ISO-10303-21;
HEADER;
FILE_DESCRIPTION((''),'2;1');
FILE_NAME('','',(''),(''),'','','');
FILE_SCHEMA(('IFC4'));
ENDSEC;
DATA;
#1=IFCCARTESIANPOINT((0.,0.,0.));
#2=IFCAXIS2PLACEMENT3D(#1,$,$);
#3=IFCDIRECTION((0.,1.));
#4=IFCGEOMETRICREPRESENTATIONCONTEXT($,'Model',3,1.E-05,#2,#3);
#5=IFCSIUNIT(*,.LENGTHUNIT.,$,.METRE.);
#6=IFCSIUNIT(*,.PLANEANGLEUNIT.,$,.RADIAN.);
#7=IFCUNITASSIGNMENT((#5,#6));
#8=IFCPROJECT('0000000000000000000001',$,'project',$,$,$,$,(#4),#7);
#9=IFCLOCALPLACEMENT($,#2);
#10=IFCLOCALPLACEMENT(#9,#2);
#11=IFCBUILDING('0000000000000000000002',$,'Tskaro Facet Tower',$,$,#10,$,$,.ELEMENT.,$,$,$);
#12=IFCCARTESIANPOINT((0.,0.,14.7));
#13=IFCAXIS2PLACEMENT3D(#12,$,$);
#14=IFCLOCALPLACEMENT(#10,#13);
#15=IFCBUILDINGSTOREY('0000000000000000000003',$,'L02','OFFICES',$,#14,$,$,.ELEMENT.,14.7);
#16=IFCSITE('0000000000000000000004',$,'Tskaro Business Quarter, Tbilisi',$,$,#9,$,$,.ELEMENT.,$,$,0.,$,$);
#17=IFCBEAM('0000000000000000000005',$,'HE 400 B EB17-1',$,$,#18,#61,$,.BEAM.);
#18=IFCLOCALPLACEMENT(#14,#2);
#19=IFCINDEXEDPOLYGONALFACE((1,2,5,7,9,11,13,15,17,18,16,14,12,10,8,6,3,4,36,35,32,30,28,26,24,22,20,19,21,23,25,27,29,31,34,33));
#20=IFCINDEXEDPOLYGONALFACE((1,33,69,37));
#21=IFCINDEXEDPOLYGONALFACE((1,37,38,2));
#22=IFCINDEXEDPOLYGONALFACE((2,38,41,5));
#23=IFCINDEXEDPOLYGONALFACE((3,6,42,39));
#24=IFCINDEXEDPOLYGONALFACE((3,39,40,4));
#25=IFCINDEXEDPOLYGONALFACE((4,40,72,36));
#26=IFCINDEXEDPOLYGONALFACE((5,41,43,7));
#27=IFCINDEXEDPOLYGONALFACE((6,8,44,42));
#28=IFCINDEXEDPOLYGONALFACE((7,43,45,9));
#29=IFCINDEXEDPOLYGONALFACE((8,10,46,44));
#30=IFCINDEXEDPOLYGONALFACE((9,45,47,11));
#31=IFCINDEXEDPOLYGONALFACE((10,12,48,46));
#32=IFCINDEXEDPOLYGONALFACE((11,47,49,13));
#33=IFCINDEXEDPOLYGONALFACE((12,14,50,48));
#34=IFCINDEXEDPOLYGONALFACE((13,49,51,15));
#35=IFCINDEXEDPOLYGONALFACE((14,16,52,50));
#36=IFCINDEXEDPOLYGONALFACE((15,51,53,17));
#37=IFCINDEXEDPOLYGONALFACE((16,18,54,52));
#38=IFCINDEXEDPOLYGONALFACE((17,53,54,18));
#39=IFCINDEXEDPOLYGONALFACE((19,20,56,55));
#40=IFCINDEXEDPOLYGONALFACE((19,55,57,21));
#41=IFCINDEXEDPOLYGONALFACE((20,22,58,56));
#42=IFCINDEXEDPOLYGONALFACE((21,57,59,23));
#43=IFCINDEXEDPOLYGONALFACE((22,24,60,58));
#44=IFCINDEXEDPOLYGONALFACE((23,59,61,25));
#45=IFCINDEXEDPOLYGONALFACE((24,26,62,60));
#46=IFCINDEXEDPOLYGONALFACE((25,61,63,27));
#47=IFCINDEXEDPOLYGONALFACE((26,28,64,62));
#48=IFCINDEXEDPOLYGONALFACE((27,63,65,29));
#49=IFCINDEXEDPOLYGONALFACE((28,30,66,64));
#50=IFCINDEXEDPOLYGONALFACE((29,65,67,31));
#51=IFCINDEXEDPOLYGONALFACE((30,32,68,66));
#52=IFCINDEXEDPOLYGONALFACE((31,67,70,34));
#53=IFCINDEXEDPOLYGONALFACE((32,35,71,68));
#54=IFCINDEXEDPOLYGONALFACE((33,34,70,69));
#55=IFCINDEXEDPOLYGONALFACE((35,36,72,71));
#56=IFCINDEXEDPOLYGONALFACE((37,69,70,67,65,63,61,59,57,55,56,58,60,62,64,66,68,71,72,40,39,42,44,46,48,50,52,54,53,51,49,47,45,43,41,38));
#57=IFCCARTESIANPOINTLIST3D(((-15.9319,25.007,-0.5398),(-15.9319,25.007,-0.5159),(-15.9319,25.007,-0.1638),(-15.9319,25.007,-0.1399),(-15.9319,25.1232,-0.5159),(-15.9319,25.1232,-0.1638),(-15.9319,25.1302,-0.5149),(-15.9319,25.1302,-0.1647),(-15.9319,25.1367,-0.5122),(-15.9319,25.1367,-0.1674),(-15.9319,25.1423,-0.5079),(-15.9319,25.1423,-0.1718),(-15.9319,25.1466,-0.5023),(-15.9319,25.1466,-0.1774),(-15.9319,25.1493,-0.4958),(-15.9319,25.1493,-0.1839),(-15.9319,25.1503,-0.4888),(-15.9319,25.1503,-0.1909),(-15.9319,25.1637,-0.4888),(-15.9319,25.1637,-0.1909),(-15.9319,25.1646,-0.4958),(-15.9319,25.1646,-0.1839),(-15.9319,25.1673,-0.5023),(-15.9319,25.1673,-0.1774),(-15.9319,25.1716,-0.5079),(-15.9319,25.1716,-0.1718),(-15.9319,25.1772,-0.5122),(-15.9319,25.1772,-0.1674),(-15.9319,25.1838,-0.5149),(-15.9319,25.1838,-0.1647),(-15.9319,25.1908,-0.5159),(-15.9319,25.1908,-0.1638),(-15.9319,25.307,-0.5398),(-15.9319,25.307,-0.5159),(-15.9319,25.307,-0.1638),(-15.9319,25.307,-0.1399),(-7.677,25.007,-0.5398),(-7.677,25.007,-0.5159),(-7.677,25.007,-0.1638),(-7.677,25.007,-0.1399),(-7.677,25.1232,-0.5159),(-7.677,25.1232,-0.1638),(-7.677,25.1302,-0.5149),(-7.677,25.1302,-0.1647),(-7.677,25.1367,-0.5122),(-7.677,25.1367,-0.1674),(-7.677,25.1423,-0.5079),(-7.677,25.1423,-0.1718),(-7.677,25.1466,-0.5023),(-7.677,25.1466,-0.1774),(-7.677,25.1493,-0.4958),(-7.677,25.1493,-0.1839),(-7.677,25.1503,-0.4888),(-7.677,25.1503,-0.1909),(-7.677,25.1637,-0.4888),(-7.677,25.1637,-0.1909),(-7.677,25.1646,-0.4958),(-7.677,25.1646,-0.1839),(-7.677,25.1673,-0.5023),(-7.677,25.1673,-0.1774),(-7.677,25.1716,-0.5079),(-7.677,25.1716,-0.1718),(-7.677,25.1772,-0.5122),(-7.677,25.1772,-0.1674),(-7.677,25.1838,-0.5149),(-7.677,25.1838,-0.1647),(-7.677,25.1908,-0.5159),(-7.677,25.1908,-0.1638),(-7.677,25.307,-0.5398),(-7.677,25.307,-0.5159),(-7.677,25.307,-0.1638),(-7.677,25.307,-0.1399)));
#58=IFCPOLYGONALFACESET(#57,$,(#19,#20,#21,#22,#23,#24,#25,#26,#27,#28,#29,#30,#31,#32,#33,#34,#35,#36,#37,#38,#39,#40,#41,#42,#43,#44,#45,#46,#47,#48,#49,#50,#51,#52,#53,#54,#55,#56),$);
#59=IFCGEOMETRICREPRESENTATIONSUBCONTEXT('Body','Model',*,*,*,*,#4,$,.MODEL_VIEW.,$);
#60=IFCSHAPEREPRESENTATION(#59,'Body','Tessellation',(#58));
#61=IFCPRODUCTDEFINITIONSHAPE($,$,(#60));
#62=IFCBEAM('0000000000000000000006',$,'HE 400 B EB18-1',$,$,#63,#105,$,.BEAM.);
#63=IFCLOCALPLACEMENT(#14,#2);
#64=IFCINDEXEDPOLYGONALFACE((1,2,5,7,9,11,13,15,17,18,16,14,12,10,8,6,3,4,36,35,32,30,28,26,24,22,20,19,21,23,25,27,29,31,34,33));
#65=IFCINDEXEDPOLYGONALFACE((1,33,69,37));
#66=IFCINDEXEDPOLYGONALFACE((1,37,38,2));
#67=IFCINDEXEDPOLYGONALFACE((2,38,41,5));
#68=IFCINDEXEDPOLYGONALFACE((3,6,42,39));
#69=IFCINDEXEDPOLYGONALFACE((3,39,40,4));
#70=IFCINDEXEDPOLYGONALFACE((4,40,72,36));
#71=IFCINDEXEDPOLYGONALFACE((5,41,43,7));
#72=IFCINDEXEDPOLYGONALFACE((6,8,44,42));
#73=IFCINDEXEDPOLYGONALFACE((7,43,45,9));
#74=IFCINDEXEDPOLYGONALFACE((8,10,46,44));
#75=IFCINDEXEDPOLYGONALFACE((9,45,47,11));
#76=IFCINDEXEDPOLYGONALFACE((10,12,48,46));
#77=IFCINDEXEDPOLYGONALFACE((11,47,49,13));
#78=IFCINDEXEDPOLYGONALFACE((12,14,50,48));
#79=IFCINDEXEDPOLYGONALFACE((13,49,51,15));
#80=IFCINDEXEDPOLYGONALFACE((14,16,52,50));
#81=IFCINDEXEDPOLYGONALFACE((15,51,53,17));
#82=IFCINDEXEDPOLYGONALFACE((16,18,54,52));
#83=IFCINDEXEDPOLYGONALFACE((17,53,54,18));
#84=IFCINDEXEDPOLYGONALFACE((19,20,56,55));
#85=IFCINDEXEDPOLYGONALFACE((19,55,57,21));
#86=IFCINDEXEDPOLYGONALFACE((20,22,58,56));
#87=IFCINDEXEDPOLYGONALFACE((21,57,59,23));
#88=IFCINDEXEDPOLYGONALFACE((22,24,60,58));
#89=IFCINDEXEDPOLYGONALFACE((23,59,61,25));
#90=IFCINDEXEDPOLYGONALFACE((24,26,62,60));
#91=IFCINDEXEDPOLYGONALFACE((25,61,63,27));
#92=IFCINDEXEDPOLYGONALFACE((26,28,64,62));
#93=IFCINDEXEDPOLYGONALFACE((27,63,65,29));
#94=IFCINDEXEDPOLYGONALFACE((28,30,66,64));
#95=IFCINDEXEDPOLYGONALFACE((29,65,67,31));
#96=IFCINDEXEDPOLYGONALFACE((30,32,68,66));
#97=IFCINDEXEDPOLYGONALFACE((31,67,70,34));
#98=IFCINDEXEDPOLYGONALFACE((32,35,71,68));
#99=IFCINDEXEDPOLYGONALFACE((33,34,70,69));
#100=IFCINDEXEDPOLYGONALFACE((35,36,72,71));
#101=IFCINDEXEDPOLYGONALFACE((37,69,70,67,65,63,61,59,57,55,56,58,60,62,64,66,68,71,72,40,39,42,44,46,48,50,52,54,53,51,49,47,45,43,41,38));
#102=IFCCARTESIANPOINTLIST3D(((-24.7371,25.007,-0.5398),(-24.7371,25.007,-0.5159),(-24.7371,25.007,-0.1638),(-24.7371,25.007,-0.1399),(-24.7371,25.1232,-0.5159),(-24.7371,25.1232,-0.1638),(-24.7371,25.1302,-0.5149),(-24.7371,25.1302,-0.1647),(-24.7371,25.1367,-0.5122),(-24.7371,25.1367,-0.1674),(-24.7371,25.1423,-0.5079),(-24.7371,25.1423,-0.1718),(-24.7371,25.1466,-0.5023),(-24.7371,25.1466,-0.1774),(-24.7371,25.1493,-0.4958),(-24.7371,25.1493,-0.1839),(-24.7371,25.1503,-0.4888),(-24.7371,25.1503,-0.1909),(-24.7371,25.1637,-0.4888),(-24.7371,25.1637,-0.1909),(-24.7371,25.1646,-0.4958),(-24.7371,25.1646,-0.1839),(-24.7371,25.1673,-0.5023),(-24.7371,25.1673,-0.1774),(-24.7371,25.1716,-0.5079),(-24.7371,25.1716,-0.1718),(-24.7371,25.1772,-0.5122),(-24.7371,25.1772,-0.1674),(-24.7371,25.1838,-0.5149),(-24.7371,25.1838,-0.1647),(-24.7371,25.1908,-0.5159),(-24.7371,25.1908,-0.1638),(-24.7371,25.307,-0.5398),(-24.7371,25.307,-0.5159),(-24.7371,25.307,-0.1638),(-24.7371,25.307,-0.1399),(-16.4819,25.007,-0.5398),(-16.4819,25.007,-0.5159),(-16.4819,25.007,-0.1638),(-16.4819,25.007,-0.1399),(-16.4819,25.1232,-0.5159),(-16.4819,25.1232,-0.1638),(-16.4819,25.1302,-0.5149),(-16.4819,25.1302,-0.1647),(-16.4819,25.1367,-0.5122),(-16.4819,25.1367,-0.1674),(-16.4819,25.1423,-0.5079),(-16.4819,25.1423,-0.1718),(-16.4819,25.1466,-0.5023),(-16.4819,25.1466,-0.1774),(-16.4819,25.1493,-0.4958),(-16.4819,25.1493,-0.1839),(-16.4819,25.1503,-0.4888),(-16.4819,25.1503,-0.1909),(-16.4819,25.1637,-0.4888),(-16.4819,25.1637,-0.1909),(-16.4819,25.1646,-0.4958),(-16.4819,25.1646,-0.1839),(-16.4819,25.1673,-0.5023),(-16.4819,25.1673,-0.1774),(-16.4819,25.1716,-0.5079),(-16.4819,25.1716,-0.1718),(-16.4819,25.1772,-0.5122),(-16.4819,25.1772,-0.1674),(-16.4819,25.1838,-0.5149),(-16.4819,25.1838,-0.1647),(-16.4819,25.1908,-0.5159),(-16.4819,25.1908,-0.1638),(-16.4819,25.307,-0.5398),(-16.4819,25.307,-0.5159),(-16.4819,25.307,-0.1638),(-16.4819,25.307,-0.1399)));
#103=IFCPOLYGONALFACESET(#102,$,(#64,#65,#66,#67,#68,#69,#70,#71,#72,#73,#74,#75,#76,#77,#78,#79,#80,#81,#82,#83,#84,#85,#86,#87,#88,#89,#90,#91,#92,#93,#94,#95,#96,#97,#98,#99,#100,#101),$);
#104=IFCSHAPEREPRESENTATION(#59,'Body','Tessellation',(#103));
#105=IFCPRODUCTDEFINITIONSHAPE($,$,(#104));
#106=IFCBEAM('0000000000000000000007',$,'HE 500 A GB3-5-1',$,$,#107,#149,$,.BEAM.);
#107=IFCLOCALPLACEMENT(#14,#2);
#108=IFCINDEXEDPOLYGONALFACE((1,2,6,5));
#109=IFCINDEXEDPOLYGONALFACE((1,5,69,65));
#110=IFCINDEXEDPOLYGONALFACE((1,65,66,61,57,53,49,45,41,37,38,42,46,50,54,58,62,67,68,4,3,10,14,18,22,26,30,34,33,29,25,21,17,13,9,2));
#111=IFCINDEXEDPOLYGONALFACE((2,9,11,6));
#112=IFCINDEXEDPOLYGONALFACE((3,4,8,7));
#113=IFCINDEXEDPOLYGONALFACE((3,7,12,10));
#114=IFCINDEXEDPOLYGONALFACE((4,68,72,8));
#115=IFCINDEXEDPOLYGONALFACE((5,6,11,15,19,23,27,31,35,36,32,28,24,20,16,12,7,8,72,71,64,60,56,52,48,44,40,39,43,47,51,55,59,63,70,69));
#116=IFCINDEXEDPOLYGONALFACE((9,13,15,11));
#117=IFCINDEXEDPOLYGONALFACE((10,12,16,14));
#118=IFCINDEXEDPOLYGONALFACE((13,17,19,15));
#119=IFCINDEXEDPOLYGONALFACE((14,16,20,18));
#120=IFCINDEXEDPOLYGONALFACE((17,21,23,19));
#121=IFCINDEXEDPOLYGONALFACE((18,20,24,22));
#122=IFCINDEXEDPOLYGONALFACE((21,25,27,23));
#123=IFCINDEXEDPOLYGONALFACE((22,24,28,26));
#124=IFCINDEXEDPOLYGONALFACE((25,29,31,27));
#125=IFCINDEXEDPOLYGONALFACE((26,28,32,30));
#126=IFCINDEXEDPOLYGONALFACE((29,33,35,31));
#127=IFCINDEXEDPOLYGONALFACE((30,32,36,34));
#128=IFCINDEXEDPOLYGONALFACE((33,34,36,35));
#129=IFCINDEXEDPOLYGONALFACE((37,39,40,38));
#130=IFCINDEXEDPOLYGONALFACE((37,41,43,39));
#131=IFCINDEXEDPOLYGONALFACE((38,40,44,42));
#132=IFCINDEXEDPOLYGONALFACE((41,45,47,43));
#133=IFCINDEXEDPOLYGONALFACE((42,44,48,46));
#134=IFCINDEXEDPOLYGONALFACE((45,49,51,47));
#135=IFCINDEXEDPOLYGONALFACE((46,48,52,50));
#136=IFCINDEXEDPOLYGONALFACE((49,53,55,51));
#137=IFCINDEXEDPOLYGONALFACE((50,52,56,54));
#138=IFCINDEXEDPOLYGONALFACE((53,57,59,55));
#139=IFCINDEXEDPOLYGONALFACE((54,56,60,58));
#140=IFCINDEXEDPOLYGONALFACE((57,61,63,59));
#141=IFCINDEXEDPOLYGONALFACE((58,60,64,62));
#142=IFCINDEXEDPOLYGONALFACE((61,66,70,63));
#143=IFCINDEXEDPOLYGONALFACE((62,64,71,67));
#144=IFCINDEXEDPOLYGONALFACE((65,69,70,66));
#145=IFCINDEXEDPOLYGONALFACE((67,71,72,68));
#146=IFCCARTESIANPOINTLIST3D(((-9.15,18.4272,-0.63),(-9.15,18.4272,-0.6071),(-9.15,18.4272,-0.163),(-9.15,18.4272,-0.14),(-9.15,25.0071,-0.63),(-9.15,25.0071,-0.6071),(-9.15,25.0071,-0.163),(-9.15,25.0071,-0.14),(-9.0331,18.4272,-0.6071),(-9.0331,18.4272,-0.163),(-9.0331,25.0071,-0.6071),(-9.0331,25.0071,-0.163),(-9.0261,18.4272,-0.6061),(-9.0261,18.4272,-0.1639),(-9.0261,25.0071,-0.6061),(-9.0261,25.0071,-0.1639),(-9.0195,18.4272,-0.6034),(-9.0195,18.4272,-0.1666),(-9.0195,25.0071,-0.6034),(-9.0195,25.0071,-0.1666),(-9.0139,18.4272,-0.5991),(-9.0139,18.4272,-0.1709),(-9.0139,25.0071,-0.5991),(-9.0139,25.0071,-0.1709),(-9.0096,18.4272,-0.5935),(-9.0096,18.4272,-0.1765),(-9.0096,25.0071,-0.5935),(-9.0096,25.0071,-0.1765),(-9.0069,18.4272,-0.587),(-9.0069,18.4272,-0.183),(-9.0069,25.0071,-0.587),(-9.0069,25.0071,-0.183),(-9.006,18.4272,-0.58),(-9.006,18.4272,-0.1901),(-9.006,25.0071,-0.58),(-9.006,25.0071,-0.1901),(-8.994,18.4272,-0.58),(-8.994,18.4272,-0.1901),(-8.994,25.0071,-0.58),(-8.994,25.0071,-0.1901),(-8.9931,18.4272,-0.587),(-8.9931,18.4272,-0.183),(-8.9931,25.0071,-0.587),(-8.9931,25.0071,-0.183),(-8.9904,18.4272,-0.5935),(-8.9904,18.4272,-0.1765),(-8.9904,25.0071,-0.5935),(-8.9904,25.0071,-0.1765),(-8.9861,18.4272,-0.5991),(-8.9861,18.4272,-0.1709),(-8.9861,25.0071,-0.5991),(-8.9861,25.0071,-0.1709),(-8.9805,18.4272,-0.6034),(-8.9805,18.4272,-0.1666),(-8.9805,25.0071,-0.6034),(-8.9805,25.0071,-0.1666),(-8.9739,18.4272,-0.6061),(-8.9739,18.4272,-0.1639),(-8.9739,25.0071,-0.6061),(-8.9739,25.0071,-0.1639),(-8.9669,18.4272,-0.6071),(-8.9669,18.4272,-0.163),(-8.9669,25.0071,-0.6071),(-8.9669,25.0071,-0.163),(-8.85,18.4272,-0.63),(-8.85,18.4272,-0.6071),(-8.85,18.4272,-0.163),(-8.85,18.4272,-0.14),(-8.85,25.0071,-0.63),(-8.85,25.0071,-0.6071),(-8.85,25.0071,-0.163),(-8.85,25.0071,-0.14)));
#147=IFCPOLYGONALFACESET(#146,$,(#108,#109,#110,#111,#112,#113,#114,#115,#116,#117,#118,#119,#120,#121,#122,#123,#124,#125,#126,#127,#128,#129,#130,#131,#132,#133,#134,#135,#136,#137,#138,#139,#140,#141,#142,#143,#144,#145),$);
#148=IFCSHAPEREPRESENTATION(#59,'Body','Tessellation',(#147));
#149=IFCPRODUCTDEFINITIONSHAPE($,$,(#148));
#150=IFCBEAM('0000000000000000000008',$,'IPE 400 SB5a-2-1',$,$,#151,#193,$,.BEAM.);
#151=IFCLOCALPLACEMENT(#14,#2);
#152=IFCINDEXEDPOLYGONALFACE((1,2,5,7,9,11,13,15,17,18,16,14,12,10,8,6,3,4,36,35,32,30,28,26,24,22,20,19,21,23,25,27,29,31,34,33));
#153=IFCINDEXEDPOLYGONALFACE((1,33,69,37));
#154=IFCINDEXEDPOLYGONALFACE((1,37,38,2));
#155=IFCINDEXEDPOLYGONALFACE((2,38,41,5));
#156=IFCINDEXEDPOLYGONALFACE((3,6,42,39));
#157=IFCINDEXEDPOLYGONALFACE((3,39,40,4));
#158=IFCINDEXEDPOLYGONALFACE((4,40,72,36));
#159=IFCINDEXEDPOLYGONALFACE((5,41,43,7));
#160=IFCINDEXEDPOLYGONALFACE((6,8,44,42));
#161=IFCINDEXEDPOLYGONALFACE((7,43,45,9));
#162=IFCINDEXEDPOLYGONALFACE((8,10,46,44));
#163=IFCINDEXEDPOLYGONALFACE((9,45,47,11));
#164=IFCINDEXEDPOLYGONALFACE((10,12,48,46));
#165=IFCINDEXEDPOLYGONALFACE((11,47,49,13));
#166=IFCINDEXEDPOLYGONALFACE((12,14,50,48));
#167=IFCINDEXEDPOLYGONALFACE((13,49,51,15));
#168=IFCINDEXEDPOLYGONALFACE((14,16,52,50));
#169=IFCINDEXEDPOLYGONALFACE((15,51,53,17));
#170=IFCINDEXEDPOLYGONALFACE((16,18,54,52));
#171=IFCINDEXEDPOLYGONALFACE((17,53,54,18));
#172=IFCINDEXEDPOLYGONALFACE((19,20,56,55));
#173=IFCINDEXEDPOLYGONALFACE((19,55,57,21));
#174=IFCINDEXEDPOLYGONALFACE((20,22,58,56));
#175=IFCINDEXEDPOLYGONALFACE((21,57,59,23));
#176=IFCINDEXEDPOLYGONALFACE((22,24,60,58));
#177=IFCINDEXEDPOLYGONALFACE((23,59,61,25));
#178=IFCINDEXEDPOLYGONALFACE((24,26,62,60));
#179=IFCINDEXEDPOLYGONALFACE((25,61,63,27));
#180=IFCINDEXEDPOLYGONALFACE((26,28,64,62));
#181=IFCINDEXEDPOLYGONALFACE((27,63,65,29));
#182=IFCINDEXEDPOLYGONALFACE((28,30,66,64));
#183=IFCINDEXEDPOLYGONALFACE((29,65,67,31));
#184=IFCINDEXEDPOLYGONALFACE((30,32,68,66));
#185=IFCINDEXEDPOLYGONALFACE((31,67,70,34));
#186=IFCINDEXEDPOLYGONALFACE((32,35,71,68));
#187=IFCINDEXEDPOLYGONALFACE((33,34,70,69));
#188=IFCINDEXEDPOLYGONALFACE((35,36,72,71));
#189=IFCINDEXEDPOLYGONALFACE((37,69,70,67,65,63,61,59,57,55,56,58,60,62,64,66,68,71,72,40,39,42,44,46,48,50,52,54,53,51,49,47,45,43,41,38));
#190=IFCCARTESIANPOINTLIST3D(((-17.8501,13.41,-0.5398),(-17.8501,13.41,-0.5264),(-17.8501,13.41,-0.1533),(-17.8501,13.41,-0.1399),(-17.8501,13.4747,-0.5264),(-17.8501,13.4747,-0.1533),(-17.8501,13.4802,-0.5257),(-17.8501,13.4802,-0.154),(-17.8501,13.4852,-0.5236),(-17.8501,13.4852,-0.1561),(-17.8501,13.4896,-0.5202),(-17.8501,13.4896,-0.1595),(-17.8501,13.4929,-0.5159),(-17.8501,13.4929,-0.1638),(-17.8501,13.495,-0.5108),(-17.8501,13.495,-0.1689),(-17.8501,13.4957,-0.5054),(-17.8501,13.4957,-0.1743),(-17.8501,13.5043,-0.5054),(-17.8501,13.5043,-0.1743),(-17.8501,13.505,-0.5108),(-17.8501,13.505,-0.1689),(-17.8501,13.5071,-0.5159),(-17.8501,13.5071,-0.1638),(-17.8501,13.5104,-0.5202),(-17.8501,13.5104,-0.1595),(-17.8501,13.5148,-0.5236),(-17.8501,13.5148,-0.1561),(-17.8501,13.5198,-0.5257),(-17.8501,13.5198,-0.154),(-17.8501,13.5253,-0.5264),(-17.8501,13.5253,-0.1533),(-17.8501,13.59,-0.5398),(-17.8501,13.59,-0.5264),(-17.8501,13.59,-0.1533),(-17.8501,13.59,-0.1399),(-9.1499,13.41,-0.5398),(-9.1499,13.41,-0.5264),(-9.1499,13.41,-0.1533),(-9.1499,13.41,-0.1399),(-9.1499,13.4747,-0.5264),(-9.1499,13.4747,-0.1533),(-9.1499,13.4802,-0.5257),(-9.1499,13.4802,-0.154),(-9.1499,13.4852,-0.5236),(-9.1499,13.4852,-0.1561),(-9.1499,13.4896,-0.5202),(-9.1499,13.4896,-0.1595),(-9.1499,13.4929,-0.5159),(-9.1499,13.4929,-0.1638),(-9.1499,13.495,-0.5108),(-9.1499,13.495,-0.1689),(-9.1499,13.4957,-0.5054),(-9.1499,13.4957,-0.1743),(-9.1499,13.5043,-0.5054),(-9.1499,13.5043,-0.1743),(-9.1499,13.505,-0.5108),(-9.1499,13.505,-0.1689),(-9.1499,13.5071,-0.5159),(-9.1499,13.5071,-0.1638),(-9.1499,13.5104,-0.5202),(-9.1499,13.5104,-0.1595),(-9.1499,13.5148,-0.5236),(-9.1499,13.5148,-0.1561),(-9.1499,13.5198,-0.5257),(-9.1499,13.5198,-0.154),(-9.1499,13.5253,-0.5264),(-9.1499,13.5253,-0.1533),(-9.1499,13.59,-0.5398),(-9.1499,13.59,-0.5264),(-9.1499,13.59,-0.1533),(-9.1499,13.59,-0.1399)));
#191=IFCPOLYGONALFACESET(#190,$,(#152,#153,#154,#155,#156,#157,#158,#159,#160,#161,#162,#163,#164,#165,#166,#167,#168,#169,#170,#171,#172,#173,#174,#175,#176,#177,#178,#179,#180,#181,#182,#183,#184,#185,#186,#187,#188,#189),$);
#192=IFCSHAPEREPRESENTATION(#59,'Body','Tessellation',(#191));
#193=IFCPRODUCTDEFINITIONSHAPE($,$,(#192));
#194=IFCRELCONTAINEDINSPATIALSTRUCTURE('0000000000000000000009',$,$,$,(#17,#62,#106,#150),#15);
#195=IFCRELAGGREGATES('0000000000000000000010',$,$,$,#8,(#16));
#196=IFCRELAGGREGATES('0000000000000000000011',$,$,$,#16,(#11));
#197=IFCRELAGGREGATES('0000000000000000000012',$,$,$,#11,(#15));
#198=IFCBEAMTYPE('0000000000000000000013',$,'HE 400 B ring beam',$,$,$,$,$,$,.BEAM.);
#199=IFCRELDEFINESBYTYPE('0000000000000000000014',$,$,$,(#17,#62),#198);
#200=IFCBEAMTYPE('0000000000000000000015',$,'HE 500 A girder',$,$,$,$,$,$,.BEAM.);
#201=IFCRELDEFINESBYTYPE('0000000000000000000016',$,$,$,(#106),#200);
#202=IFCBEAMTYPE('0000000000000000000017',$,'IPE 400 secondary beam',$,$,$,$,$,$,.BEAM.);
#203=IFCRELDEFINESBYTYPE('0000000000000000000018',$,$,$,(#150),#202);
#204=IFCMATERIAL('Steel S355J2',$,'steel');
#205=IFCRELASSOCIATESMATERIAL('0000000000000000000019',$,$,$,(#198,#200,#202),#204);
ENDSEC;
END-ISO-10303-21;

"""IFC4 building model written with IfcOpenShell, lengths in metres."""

from ifc_helpers import new_model, si_unit, direction, frame, origin, origin_2d, place, context, subcontext, project, spatial, i_section, extrude, material, material_profile, profile_set, type_object, element, save


model = new_model("IFC4")

# Units and contexts
model_context = context("Model", 3, precision=1e-05, world=origin(), true_north=direction((0.0, 1.0)))
body_context = subcontext(model_context, "Body", "Model", "MODEL_VIEW")
ifc_project = project(units=[si_unit("LENGTHUNIT", "METRE"), si_unit("PLANEANGLEUNIT", "RADIAN")], contexts=[model_context])

# Site, building, storey
site_placement = place(None, origin())
site = spatial("IfcSite", under=ifc_project, at=site_placement, Name="Tskaro Business Quarter, Tbilisi", CompositionType="ELEMENT", RefElevation=0.0)
building_placement = place(site_placement, origin())
building = spatial("IfcBuilding", under=site, at=building_placement, Name="Tskaro Facet Tower", CompositionType="ELEMENT")
storey_placement = place(building_placement, frame((0.0, 0.0, 14.7)))
storey = spatial("IfcBuildingStorey", under=building, at=storey_placement, Name="L02", Description="OFFICES", CompositionType="ELEMENT", Elevation=14.7)

# Beams
ifc_material_1 = material(Name="Steel S355J2", Category="steel")
ifc_material_profile_1 = material_profile(ifc_material_1, i_section(OverallWidth=0.3, OverallDepth=0.3999, WebThickness=0.0134, FlangeThickness=0.0239, FilletRadius=0.0271, at=origin_2d()), Name="HE 400 B")
ifc_profile_set_1 = profile_set([ifc_material_profile_1], Name="Steel S355J2")
beam_type_1 = type_object("IfcBeamType", Name="HE 400 B ring beam", PredefinedType="BEAM", material=ifc_profile_set_1)
beam_1_placement = place(storey_placement, frame((-7.677, 25.157, -0.3398), z_axis=(-1.0, 0.0, 0.0), x_axis=(0.0, -1.0, 0.0)))
element("IfcBeam", 1, at=beam_1_placement, inside=storey, type_object=beam_type_1, Name="HE 400 B EB17-1", PredefinedType="BEAM", context=body_context, shape_type="SweptSolid", body=[
    extrude(i_section(OverallWidth=0.3, OverallDepth=0.3999, WebThickness=0.0134, FlangeThickness=0.0239, FilletRadius=0.0271, at=origin_2d()), origin(), (0.0, 0.0, 1.0), 8.2549),
])
beam_2_placement = place(storey_placement, frame((-16.4819, 25.157, -0.3398), z_axis=(-1.0, 0.0, 0.0), x_axis=(0.0, -1.0, 0.0)))
element("IfcBeam", 2, at=beam_2_placement, inside=storey, type_object=beam_type_1, Name="HE 400 B EB18-1", PredefinedType="BEAM", context=body_context, shape_type="SweptSolid", body=[
    extrude(i_section(OverallWidth=0.3, OverallDepth=0.3999, WebThickness=0.0134, FlangeThickness=0.0239, FilletRadius=0.0271, at=origin_2d()), origin(), (0.0, 0.0, 1.0), 8.2551),
])
ifc_material_profile_2 = material_profile(ifc_material_1, i_section(OverallWidth=0.3, OverallDepth=0.49, WebThickness=0.012, FlangeThickness=0.0229, FilletRadius=0.0271, at=origin_2d()), Name="HE 500 A")
ifc_profile_set_2 = profile_set([ifc_material_profile_2], Name="Steel S355J2")
beam_type_2 = type_object("IfcBeamType", Name="HE 500 A girder", PredefinedType="BEAM", material=ifc_profile_set_2)
beam_3_placement = place(storey_placement, frame((-9.0, 18.4272, -0.385), z_axis=(0.0, 1.0, 0.0), x_axis=(-1.0, 0.0, 0.0)))
element("IfcBeam", 3, at=beam_3_placement, inside=storey, type_object=beam_type_2, Name="HE 500 A GB3-5-1", PredefinedType="BEAM", context=body_context, shape_type="SweptSolid", body=[
    extrude(i_section(OverallWidth=0.3, OverallDepth=0.49, WebThickness=0.012, FlangeThickness=0.0229, FilletRadius=0.0271, at=origin_2d()), origin(), (0.0, 0.0, 1.0), 6.5798),
])
ifc_material_profile_3 = material_profile(ifc_material_1, i_section(OverallWidth=0.1799, OverallDepth=0.3999, WebThickness=0.0085, FlangeThickness=0.0134, FilletRadius=0.021, at=origin_2d()), Name="IPE 400")
ifc_profile_set_3 = profile_set([ifc_material_profile_3], Name="Steel S355J2")
beam_type_3 = type_object("IfcBeamType", Name="IPE 400 secondary beam", PredefinedType="BEAM", material=ifc_profile_set_3)
for number, where, z_axis, x_axis, name in (
    (4, (-17.8501, 13.5, -0.3398), (1.0, 0.0, 0.0), (0.0, 1.0, 0.0), "IPE 400 SB5a-2-1"),
):
    element("IfcBeam", number, at=place(storey_placement, frame(where, z_axis=z_axis, x_axis=x_axis)), inside=storey, type_object=beam_type_3, Name=name, PredefinedType="BEAM", context=body_context, shape_type="SweptSolid", body=[
        extrude(i_section(OverallWidth=0.1799, OverallDepth=0.3999, WebThickness=0.0085, FlangeThickness=0.0134, FilletRadius=0.021, at=origin_2d()), origin(), (0.0, 0.0, 1.0), 8.7002),
    ])

save(model, "model.ifc")
